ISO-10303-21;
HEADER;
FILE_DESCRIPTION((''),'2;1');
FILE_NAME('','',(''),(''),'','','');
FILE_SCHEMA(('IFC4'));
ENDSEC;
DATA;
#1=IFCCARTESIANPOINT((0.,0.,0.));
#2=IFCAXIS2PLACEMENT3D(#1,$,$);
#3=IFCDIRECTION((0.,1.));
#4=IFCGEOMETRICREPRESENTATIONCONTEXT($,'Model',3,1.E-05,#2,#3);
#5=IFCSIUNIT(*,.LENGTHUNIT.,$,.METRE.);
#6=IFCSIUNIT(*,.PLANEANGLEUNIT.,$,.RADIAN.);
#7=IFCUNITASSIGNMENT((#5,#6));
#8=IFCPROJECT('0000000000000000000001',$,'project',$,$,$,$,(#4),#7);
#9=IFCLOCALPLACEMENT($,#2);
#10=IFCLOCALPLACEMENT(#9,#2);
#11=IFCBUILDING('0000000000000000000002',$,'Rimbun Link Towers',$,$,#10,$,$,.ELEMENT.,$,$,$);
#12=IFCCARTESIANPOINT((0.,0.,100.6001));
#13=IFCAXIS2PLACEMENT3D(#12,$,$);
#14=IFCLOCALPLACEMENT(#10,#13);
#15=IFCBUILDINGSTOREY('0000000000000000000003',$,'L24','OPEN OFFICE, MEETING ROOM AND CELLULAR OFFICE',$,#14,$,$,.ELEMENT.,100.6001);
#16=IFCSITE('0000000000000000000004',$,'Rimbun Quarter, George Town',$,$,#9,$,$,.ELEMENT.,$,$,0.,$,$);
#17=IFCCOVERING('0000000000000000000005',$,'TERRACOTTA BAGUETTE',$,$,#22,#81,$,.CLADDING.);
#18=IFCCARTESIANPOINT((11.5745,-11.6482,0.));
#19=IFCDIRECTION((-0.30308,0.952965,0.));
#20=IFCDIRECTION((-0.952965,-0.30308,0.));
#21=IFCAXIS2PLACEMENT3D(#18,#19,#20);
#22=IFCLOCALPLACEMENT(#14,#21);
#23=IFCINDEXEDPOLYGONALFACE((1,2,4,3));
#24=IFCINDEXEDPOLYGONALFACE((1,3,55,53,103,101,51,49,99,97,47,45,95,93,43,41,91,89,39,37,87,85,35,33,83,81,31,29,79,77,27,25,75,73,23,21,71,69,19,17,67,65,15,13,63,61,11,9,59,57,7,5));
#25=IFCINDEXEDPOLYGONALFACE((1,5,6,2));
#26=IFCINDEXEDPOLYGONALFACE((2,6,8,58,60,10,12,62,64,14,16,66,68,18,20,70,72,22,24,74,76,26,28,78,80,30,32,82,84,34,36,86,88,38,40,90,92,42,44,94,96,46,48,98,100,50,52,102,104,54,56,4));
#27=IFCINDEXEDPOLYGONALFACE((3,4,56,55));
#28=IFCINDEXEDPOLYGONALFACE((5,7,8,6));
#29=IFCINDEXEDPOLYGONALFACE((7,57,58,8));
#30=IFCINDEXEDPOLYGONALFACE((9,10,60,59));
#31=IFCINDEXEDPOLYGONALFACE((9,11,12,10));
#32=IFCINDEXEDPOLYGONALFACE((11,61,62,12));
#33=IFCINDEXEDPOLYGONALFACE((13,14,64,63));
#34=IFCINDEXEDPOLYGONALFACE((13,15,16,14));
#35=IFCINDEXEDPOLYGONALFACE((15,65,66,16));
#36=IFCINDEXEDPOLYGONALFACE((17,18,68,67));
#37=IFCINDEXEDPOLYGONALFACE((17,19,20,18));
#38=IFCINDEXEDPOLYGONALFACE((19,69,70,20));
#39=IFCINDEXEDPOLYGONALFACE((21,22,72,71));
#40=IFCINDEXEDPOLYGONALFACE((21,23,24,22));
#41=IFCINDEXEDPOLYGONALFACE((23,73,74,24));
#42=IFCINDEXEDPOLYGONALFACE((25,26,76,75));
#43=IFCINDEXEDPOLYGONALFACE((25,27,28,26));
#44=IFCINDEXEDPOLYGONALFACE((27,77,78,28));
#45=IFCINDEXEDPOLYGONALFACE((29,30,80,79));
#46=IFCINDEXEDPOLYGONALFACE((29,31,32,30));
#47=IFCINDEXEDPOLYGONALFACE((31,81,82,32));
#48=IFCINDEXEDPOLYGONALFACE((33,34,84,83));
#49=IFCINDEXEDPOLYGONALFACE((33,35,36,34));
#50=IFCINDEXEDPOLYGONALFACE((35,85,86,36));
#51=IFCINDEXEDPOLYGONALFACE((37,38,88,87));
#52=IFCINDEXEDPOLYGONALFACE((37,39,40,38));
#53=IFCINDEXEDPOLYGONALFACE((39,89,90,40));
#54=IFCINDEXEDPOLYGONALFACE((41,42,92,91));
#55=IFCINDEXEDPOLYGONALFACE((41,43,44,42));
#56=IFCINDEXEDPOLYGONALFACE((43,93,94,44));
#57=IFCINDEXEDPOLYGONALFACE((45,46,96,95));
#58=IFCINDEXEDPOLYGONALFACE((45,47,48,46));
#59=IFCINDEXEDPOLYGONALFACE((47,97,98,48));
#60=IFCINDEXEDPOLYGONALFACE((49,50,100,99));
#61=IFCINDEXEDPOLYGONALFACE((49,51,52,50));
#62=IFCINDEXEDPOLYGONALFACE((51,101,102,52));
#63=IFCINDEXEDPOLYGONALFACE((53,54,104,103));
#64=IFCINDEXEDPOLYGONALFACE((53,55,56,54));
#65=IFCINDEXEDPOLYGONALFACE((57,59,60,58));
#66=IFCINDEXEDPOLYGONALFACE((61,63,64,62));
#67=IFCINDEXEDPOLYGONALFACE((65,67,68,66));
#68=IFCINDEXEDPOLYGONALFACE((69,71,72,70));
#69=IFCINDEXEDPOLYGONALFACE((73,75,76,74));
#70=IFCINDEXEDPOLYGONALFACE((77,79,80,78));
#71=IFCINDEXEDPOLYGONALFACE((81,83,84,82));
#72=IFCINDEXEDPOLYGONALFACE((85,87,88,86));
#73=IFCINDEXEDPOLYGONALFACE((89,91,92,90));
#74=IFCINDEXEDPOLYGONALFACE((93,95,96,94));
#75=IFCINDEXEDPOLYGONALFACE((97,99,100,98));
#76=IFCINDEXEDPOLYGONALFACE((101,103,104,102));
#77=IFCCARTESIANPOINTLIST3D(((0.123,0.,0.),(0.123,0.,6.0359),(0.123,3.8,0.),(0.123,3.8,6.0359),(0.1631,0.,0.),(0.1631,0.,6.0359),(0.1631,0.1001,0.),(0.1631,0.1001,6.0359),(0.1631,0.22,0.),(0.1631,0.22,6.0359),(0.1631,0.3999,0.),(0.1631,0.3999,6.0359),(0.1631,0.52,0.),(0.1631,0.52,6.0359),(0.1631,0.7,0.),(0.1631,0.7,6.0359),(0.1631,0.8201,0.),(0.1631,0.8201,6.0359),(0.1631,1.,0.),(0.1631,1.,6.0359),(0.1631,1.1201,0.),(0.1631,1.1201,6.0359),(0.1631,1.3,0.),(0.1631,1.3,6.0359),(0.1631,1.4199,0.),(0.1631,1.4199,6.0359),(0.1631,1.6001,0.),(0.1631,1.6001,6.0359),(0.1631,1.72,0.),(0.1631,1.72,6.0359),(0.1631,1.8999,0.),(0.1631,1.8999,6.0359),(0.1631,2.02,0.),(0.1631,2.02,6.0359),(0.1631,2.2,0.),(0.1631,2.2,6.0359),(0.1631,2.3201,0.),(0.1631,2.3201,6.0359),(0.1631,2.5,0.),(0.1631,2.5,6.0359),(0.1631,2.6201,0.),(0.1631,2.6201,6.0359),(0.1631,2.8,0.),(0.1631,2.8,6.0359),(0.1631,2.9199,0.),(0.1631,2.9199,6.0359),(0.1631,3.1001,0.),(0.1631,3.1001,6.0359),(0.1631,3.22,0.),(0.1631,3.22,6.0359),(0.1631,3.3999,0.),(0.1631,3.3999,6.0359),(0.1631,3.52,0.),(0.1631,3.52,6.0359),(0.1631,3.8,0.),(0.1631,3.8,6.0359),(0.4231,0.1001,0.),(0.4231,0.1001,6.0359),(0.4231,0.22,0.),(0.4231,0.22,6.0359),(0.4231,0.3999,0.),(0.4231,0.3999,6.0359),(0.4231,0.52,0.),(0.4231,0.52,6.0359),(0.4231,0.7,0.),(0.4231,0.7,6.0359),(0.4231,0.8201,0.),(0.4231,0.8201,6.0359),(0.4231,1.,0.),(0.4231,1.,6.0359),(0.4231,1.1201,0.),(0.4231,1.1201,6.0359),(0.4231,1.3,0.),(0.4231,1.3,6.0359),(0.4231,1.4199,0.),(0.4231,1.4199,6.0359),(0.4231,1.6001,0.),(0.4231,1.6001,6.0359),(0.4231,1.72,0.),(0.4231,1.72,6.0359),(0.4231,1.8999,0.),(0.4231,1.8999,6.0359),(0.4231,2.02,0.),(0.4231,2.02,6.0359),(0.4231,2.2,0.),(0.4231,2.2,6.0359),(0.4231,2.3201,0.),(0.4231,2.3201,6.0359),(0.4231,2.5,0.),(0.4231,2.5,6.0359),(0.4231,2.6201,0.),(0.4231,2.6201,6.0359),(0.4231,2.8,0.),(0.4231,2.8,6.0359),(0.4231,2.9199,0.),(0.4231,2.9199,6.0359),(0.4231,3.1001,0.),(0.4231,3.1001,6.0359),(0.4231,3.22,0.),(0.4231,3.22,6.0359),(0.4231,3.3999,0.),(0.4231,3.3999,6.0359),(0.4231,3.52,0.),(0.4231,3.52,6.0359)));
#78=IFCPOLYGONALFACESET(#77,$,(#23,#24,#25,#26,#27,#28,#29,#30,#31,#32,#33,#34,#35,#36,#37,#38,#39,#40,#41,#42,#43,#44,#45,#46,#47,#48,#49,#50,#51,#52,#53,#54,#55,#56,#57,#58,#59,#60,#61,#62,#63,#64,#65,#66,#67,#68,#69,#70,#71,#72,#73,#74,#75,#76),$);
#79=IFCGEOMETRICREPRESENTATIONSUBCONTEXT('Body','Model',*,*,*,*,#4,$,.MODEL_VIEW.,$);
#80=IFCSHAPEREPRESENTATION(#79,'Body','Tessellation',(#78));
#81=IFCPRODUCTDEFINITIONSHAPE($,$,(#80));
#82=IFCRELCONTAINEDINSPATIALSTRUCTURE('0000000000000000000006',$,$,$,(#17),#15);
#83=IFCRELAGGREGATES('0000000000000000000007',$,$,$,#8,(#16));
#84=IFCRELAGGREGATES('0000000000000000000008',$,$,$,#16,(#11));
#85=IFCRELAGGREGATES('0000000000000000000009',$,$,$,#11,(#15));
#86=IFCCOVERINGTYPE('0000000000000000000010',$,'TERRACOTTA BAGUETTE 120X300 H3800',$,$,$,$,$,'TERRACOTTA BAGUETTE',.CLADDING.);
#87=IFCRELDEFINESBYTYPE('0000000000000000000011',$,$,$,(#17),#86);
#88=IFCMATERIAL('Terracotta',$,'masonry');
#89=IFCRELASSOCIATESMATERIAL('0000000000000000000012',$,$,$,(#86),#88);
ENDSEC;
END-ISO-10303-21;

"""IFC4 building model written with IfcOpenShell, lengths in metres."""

from ifc_helpers import new_model, si_unit, direction, frame, origin, place, context, subcontext, project, spatial, polyline, outline, extrude, material, material_profile, profile_set, type_object, element, save


model = new_model("IFC4")

# Units and contexts
model_context = context("Model", 3, precision=1e-05, world=origin(), true_north=direction((0.0, 1.0)))
body_context = subcontext(model_context, "Body", "Model", "MODEL_VIEW")
ifc_project = project(units=[si_unit("LENGTHUNIT", "METRE"), si_unit("PLANEANGLEUNIT", "RADIAN")], contexts=[model_context])

# Site, building, storey
site_placement = place(None, origin())
site = spatial("IfcSite", under=ifc_project, at=site_placement, Name="Rimbun Quarter, George Town", CompositionType="ELEMENT", RefElevation=0.0)
building_placement = place(site_placement, origin())
building = spatial("IfcBuilding", under=site, at=building_placement, Name="Rimbun Link Towers", CompositionType="ELEMENT")
storey_placement = place(building_placement, frame((0.0, 0.0, 100.6001)))
storey = spatial("IfcBuildingStorey", under=building, at=storey_placement, Name="L24", Description="OPEN OFFICE, MEETING ROOM AND CELLULAR OFFICE", CompositionType="ELEMENT", Elevation=100.6001)

# Covering
ifc_material_1 = material(Name="Terracotta", Category="masonry")
ifc_material_profile_1 = material_profile(ifc_material_1, outline(polyline([(0.123, 0.0), (0.1631, 0.0), (0.1631, 0.1001), (0.4231, 0.1001), (0.4231, 0.22), (0.1631, 0.22), (0.1631, 0.3999), (0.4231, 0.3999), (0.4231, 0.52), (0.1631, 0.52), (0.1631, 0.7), (0.4231, 0.7), (0.4231, 0.8201), (0.1631, 0.8201), (0.1631, 1.0), (0.4231, 1.0), (0.4231, 1.1201), (0.1631, 1.1201), (0.1631, 1.3), (0.4231, 1.3), (0.4231, 1.4199), (0.1631, 1.4199), (0.1631, 1.6001), (0.4231, 1.6001), (0.4231, 1.72), (0.1631, 1.72), (0.1631, 1.8999), (0.4231, 1.8999), (0.4231, 2.02), (0.1631, 2.02), (0.1631, 2.2), (0.4231, 2.2), (0.4231, 2.3201), (0.1631, 2.3201), (0.1631, 2.5), (0.4231, 2.5), (0.4231, 2.6201), (0.1631, 2.6201), (0.1631, 2.8), (0.4231, 2.8), (0.4231, 2.9199), (0.1631, 2.9199), (0.1631, 3.1001), (0.4231, 3.1001), (0.4231, 3.22), (0.1631, 3.22), (0.1631, 3.3999), (0.4231, 3.3999), (0.4231, 3.52), (0.1631, 3.52), (0.1631, 3.8), (0.123, 3.8), (0.123, 0.0)])), Name="BAGUETTE 120X300")
ifc_profile_set_1 = profile_set([ifc_material_profile_1], Name="Terracotta")
covering_type = type_object("IfcCoveringType", Name="TERRACOTTA BAGUETTE 120X300 H3800", ElementType="TERRACOTTA BAGUETTE", PredefinedType="CLADDING", material=ifc_profile_set_1)
covering_1_placement = place(storey_placement, frame((11.5745, -11.6482, 0.0), z_axis=(-0.30308, 0.952965, 0.0), x_axis=(-0.952965, -0.30308, 0.0)))
element("IfcCovering", 1, at=covering_1_placement, inside=storey, type_object=covering_type, Name="TERRACOTTA BAGUETTE", PredefinedType="CLADDING", context=body_context, shape_type="SweptSolid", body=[
    extrude(outline(polyline([(0.123, 0.0), (0.1631, 0.0), (0.1631, 0.1001), (0.4231, 0.1001), (0.4231, 0.22), (0.1631, 0.22), (0.1631, 0.3999), (0.4231, 0.3999), (0.4231, 0.52), (0.1631, 0.52), (0.1631, 0.7), (0.4231, 0.7), (0.4231, 0.8201), (0.1631, 0.8201), (0.1631, 1.0), (0.4231, 1.0), (0.4231, 1.1201), (0.1631, 1.1201), (0.1631, 1.3), (0.4231, 1.3), (0.4231, 1.4199), (0.1631, 1.4199), (0.1631, 1.6001), (0.4231, 1.6001), (0.4231, 1.72), (0.1631, 1.72), (0.1631, 1.8999), (0.4231, 1.8999), (0.4231, 2.02), (0.1631, 2.02), (0.1631, 2.2), (0.4231, 2.2), (0.4231, 2.3201), (0.1631, 2.3201), (0.1631, 2.5), (0.4231, 2.5), (0.4231, 2.6201), (0.1631, 2.6201), (0.1631, 2.8), (0.4231, 2.8), (0.4231, 2.9199), (0.1631, 2.9199), (0.1631, 3.1001), (0.4231, 3.1001), (0.4231, 3.22), (0.1631, 3.22), (0.1631, 3.3999), (0.4231, 3.3999), (0.4231, 3.52), (0.1631, 3.52), (0.1631, 3.8), (0.123, 3.8), (0.123, 0.0)])), origin(), (0.0, 0.0, 1.0), 6.0359),
])

save(model, "model.ifc")
